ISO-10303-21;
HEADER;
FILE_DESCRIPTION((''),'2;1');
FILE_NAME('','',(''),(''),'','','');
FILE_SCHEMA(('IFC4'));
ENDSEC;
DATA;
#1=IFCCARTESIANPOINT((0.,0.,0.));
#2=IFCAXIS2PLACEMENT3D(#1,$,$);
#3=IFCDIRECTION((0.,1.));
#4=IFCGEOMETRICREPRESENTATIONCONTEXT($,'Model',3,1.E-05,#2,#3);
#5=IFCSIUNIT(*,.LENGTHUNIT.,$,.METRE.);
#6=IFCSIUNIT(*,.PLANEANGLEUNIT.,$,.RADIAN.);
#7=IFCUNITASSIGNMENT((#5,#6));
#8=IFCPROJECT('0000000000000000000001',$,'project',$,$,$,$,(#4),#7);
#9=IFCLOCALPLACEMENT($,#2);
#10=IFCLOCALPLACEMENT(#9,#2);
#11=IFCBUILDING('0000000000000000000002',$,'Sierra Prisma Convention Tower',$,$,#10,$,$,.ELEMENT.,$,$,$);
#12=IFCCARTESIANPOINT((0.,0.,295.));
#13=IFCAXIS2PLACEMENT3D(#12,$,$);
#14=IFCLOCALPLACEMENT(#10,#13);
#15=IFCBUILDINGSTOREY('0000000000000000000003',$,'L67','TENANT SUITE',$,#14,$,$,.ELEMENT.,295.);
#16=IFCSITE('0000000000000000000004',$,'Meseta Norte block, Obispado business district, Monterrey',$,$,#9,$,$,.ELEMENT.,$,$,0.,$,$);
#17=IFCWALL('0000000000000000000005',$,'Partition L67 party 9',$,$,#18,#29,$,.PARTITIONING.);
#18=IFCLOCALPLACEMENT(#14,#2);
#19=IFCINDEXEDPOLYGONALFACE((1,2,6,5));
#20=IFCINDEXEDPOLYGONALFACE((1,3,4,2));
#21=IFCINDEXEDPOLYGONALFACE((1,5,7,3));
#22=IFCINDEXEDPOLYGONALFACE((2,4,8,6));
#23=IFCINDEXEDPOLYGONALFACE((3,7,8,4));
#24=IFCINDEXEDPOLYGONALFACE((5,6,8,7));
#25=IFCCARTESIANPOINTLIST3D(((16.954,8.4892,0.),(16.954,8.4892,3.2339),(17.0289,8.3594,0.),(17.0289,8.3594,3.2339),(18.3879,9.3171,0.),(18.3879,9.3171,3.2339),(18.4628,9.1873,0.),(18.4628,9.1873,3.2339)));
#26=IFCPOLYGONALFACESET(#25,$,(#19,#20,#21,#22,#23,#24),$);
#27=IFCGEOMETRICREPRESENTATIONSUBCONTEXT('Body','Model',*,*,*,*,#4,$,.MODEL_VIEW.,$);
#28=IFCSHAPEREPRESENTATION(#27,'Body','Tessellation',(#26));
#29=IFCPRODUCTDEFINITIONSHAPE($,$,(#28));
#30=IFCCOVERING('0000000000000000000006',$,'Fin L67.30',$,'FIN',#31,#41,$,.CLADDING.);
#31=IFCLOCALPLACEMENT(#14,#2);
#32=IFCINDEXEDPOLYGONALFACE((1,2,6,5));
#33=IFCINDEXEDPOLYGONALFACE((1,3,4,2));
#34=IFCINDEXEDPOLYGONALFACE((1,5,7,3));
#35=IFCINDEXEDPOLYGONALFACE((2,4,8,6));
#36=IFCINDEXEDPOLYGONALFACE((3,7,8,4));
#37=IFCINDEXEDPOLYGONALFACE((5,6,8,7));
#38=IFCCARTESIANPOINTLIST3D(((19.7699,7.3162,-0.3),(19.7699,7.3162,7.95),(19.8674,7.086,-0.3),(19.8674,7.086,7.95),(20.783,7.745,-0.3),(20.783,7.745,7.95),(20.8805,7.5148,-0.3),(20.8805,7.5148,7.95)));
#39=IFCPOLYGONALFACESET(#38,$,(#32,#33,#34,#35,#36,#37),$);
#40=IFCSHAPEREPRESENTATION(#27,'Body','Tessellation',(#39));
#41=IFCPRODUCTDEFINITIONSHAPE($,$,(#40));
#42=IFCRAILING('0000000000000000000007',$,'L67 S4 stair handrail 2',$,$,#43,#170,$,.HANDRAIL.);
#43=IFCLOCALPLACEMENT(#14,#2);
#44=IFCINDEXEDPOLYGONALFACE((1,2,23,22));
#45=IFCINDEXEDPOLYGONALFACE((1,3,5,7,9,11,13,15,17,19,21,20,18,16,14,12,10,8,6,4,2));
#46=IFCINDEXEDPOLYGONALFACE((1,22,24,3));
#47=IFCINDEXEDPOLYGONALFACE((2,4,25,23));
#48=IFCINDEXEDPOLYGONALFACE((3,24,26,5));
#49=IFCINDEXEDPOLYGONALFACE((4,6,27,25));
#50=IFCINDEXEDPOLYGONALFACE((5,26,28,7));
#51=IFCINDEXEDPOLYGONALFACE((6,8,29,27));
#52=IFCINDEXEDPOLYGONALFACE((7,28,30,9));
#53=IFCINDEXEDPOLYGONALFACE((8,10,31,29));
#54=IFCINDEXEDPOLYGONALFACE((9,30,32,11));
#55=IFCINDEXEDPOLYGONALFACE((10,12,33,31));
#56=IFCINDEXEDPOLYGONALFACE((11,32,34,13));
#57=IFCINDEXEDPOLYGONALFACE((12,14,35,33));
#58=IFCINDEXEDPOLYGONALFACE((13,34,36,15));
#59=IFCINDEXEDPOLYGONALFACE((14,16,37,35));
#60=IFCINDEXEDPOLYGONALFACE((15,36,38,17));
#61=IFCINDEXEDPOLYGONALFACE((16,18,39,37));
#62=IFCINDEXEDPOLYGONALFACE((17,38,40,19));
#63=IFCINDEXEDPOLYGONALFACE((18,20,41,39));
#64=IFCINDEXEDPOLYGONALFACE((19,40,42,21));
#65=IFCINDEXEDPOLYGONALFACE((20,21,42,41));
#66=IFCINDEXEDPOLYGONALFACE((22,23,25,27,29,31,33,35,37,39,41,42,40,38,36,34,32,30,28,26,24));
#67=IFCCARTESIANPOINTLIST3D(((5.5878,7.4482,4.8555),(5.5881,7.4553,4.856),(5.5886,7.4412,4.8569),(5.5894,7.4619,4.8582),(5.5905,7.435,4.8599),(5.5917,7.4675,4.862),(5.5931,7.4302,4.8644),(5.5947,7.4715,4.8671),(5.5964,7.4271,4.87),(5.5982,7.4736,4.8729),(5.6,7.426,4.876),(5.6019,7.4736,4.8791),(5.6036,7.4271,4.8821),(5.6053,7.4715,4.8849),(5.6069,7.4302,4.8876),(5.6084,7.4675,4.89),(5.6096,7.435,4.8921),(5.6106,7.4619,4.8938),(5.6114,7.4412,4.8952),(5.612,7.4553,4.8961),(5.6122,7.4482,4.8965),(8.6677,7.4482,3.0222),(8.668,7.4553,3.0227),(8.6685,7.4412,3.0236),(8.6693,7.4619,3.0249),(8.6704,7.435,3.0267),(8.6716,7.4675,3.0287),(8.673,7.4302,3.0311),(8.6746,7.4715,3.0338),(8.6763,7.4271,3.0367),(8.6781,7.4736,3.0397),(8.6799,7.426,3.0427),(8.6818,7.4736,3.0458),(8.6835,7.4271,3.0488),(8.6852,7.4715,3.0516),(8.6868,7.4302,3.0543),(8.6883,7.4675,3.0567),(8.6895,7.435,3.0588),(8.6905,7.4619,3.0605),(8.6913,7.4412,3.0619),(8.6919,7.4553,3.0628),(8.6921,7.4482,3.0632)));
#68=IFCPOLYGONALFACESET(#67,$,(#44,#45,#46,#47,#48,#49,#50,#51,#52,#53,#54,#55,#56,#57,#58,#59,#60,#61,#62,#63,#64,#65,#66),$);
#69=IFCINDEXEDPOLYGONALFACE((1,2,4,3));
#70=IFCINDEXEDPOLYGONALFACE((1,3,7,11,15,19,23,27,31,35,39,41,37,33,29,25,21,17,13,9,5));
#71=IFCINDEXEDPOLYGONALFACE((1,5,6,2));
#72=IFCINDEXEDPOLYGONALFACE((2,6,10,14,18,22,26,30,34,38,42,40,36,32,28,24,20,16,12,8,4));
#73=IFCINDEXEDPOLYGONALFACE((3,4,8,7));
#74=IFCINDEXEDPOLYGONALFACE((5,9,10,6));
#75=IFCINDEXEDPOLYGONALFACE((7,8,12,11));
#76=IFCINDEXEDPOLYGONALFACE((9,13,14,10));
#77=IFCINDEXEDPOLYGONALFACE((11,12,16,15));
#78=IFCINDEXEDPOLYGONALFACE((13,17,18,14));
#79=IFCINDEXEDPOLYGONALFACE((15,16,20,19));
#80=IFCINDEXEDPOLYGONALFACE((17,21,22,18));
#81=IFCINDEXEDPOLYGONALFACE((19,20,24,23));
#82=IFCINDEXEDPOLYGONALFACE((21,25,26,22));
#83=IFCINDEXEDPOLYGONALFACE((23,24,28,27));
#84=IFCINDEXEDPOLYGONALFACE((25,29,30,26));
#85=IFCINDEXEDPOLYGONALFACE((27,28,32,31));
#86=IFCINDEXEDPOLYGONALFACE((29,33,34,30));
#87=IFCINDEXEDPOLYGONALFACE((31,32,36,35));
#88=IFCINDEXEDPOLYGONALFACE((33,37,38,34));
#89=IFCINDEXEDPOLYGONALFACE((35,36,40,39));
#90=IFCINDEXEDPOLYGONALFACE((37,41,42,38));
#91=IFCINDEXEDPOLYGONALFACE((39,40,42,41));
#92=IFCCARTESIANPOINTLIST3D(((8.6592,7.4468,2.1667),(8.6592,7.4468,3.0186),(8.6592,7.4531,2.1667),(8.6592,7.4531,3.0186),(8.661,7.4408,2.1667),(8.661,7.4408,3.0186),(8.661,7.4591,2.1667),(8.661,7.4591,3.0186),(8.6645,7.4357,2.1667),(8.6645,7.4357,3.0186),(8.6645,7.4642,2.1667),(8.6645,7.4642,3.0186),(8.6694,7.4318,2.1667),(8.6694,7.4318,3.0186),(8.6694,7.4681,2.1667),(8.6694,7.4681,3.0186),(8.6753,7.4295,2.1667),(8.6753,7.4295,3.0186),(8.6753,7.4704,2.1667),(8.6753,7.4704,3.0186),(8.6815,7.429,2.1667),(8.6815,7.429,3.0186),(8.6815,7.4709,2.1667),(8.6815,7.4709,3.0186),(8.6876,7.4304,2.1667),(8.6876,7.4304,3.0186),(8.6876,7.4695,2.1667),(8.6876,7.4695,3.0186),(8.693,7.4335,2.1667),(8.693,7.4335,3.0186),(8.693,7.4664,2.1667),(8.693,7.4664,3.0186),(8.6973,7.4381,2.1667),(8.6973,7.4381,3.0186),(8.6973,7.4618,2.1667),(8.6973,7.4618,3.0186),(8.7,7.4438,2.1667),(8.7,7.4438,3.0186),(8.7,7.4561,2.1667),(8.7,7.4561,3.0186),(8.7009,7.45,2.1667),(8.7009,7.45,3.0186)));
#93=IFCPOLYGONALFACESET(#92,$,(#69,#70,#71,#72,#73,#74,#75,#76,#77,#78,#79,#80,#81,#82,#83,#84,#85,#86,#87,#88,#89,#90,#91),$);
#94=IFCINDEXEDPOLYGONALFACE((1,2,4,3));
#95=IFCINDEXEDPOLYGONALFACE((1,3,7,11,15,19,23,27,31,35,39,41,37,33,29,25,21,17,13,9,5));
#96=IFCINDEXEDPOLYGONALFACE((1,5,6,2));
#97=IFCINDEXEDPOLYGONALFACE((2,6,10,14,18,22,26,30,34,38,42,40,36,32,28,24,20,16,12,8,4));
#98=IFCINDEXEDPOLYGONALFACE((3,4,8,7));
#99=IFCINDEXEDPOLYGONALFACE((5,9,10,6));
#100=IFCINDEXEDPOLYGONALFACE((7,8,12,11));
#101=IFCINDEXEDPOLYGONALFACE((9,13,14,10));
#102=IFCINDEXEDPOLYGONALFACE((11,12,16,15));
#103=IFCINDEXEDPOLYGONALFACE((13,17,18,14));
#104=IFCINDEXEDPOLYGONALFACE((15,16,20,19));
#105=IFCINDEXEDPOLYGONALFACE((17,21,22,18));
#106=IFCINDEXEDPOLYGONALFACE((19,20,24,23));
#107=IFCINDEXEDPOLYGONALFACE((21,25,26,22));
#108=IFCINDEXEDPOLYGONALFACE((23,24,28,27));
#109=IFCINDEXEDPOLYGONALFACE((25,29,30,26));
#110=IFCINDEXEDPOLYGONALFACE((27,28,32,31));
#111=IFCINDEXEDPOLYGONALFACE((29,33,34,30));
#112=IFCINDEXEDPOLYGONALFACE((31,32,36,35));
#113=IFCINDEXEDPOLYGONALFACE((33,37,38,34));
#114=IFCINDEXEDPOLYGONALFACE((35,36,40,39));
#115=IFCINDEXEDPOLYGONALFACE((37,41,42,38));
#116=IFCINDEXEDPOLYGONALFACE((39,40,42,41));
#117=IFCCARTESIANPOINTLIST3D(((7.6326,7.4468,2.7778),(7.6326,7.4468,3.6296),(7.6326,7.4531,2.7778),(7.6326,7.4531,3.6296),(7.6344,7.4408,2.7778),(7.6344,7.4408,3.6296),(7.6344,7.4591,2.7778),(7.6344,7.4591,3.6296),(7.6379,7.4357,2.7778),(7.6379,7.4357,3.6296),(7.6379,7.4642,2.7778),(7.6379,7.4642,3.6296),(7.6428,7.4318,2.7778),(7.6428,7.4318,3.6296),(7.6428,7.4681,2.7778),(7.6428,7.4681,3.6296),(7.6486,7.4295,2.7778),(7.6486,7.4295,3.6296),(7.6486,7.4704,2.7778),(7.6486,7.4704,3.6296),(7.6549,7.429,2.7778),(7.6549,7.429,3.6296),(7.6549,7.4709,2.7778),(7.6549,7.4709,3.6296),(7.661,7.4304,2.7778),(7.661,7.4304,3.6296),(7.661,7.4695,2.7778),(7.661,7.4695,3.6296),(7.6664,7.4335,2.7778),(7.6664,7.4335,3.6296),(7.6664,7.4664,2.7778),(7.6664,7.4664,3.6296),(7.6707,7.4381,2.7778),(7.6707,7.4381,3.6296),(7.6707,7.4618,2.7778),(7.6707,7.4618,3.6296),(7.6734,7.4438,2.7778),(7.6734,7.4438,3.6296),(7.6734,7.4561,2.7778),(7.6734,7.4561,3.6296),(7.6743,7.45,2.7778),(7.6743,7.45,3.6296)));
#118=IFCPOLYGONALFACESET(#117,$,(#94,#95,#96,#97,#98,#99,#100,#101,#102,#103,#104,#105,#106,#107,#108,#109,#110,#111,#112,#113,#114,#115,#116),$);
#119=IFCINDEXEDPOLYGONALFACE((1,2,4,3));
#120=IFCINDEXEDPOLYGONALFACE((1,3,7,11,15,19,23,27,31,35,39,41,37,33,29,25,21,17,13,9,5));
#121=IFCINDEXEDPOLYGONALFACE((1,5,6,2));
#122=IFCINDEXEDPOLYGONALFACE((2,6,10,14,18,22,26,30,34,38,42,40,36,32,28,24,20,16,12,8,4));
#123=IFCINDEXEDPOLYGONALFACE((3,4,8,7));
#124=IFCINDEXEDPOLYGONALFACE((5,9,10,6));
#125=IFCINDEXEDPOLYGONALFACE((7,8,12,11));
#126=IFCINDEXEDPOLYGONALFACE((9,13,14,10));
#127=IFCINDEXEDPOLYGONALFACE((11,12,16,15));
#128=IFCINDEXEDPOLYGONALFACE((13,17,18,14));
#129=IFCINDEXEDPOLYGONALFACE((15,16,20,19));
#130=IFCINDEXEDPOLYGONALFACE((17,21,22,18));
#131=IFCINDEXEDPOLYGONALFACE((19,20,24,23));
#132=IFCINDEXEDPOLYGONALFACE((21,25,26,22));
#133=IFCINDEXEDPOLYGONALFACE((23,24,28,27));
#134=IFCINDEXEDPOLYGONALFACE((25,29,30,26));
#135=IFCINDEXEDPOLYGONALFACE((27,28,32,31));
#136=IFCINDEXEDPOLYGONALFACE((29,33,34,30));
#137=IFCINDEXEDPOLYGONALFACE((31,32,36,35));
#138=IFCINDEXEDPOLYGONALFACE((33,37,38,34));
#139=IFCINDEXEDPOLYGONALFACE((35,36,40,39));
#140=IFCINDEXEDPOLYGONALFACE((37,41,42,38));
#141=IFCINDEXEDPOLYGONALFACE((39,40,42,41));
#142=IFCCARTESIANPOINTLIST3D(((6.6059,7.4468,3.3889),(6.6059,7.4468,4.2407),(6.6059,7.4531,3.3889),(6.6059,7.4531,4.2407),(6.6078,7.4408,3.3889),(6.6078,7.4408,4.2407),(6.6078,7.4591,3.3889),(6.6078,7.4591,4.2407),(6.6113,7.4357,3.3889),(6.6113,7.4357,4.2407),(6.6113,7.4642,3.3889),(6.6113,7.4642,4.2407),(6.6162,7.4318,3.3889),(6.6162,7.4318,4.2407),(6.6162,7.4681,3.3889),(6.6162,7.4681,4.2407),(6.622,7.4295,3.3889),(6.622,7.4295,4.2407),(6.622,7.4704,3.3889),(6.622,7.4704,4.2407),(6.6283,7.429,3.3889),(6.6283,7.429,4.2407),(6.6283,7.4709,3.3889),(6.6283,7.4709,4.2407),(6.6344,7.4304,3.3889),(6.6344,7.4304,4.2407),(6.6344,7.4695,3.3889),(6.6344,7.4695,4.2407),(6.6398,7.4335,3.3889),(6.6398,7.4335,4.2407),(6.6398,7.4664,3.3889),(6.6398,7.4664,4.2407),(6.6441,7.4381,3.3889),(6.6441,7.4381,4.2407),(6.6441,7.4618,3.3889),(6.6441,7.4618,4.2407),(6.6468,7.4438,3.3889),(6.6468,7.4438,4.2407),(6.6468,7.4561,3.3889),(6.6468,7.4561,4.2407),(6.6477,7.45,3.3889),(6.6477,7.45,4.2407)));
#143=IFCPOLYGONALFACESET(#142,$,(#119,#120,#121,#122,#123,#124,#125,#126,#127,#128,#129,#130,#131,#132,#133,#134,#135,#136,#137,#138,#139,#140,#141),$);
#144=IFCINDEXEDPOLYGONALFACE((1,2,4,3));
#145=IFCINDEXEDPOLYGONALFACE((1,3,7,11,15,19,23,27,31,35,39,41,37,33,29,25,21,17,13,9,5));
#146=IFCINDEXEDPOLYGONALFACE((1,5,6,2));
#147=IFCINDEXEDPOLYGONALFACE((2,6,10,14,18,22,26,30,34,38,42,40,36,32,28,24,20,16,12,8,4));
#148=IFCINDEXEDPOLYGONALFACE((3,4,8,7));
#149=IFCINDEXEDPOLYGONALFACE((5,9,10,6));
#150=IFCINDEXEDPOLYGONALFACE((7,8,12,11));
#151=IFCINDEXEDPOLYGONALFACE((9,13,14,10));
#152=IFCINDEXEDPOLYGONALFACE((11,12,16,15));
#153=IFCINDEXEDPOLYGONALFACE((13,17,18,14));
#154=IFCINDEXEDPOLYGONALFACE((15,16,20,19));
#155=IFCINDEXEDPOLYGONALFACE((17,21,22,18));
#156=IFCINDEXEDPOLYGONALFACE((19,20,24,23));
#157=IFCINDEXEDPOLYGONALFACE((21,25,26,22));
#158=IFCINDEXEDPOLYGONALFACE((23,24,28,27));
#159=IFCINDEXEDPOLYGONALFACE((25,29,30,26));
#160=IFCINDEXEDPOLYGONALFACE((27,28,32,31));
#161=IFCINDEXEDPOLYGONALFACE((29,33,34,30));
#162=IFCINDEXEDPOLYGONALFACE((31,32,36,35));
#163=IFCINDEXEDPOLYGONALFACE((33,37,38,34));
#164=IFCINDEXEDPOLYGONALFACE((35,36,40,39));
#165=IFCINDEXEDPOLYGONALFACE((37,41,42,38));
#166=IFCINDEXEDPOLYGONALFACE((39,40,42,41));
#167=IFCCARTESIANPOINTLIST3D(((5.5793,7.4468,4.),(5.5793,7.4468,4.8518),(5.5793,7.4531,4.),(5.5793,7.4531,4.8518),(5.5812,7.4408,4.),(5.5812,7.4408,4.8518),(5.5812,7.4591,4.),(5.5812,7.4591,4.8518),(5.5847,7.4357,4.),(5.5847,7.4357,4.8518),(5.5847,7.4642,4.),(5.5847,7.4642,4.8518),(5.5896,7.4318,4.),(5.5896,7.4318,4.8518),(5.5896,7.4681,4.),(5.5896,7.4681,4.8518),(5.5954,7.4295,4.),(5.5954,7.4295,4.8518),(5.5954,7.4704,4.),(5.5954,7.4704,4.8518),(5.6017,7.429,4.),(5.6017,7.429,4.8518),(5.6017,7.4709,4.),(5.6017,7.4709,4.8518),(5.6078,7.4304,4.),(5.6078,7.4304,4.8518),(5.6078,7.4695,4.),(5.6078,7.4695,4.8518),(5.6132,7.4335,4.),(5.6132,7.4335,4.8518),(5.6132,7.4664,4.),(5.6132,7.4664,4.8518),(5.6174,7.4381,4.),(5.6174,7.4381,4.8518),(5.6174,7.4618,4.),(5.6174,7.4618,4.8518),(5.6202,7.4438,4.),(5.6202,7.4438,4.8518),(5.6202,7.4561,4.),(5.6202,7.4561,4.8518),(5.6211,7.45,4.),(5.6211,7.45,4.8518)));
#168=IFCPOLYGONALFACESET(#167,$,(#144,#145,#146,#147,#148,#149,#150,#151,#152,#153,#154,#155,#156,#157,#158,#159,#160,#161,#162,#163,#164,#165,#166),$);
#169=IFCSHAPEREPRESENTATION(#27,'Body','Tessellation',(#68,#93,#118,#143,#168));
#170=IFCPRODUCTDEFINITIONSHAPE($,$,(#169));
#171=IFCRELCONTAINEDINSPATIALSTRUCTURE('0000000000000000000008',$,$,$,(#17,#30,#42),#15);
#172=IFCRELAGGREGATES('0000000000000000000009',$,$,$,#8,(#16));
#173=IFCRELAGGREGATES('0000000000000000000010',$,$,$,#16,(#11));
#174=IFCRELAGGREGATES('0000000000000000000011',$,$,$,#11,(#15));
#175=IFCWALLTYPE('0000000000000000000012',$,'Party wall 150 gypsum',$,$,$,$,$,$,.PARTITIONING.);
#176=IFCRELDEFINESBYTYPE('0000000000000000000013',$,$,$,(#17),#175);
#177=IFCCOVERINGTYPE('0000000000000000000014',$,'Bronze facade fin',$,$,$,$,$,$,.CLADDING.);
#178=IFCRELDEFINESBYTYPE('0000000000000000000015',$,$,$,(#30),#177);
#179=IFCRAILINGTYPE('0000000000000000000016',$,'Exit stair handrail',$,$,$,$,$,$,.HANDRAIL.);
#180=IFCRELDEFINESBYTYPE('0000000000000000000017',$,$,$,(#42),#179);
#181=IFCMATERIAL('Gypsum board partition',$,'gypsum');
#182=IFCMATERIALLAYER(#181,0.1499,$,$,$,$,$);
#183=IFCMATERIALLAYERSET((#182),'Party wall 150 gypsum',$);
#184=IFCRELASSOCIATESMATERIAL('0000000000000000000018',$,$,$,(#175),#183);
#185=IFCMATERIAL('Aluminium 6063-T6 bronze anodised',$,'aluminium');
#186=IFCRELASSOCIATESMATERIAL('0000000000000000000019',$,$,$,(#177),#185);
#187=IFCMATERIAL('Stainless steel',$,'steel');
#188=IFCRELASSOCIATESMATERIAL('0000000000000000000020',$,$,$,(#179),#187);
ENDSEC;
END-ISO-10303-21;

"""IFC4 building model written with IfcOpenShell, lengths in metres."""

from ifc_helpers import new_model, si_unit, direction, frame, frame_2d, origin, origin_2d, place, context, subcontext, project, spatial, rectangle, circle, extrude, material, layer, layer_set, material_profile, profile_set, type_object, element, save


model = new_model("IFC4")

# Units and contexts
model_context = context("Model", 3, precision=1e-05, world=origin(), true_north=direction((0.0, 1.0)))
body_context = subcontext(model_context, "Body", "Model", "MODEL_VIEW")
ifc_project = project(units=[si_unit("LENGTHUNIT", "METRE"), si_unit("PLANEANGLEUNIT", "RADIAN")], contexts=[model_context])

# Site, building, storey
site_placement = place(None, origin())
site = spatial("IfcSite", under=ifc_project, at=site_placement, Name="Meseta Norte block, Obispado business district, Monterrey", CompositionType="ELEMENT", RefElevation=0.0)
building_placement = place(site_placement, origin())
building = spatial("IfcBuilding", under=site, at=building_placement, Name="Sierra Prisma Convention Tower", CompositionType="ELEMENT")
storey_placement = place(building_placement, frame((0.0, 0.0, 295.0)))
storey = spatial("IfcBuildingStorey", under=building, at=storey_placement, Name="L67", Description="TENANT SUITE", CompositionType="ELEMENT", Elevation=295.0)

# Wall
ifc_material_1 = material(Name="Gypsum board partition", Category="gypsum")
ifc_layer_1 = layer(ifc_material_1, 0.1499)
ifc_layer_set_1 = layer_set([ifc_layer_1], Name="Party wall 150 gypsum")
wall_type_1 = type_object("IfcWallType", Name="Party wall 150 gypsum", PredefinedType="PARTITIONING", material=ifc_layer_set_1)
wall_1_placement = place(storey_placement, frame((16.9915, 8.4243, 0.0), z_axis=(0.0, 0.0, 1.0), x_axis=(0.866011, 0.500025, 0.0)))
element("IfcWall", 1, at=wall_1_placement, inside=storey, type_object=wall_type_1, Name="Partition L67 party 9", PredefinedType="PARTITIONING", context=body_context, shape_type="SweptSolid", body=[
    extrude(rectangle(XDim=1.6558, YDim=0.1499, at=frame_2d((0.8279, 0.0))), origin(), (0.0, 0.0, 1.0), 3.2339),
])

# Covering
ifc_material_2 = material(Name="Aluminium 6063-T6 bronze anodised", Category="aluminium")
ifc_material_profile_1 = material_profile(ifc_material_2, rectangle(XDim=1.1001, YDim=0.25, at=origin_2d()), Name="ALU FIN 1100x250")
ifc_profile_set_1 = profile_set([ifc_material_profile_1], Name="Aluminium 6063-T6 bronze anodised")
covering_type = type_object("IfcCoveringType", Name="Bronze facade fin", PredefinedType="CLADDING", material=ifc_profile_set_1)
covering_placement = place(storey_placement, frame((20.3252, 7.4155, -0.3), z_axis=(0.0, 0.0, 1.0), x_axis=(0.920905, 0.389787, 0.0)))
element("IfcCovering", 2, at=covering_placement, inside=storey, type_object=covering_type, Name="Fin L67.30", ObjectType="FIN", PredefinedType="CLADDING", context=body_context, shape_type="SweptSolid", body=[
    extrude(rectangle(XDim=1.1001, YDim=0.25, at=origin_2d()), origin(), (0.0, 0.0, 1.0), 8.25),
])

# Railing
ifc_material_3 = material(Name="Stainless steel", Category="steel")
railing_type = type_object("IfcRailingType", Name="Exit stair handrail", PredefinedType="HANDRAIL", material=ifc_material_3)
railing_placement = place(storey_placement, frame((8.6799, 7.45, 2.1667)))
element("IfcRailing", 3, at=railing_placement, inside=storey, type_object=railing_type, Name="L67 S4 stair handrail 2", PredefinedType="HANDRAIL", context=body_context, shape_type="SweptSolid", body=[
    extrude(circle(Radius=0.0239, at=origin_2d()), frame((0.0, 0.0, 0.876), z_axis=(-0.859291, 0.0, 0.511487), x_axis=(0.0, -1.0, 0.0)), (0.0, 0.0, 1.0), 3.5842),
    extrude(circle(Radius=0.021, at=origin_2d()), origin(), (0.0, 0.0, 1.0), 0.8518),
    extrude(circle(Radius=0.021, at=origin_2d()), frame((-1.0266, 0.0, 0.6111)), (0.0, 0.0, 1.0), 0.8518),
    extrude(circle(Radius=0.021, at=origin_2d()), frame((-2.0532, 0.0, 1.2222)), (0.0, 0.0, 1.0), 0.8518),
    extrude(circle(Radius=0.021, at=origin_2d()), frame((-3.0798, 0.0, 1.8333)), (0.0, 0.0, 1.0), 0.8518),
])

save(model, "model.ifc")
